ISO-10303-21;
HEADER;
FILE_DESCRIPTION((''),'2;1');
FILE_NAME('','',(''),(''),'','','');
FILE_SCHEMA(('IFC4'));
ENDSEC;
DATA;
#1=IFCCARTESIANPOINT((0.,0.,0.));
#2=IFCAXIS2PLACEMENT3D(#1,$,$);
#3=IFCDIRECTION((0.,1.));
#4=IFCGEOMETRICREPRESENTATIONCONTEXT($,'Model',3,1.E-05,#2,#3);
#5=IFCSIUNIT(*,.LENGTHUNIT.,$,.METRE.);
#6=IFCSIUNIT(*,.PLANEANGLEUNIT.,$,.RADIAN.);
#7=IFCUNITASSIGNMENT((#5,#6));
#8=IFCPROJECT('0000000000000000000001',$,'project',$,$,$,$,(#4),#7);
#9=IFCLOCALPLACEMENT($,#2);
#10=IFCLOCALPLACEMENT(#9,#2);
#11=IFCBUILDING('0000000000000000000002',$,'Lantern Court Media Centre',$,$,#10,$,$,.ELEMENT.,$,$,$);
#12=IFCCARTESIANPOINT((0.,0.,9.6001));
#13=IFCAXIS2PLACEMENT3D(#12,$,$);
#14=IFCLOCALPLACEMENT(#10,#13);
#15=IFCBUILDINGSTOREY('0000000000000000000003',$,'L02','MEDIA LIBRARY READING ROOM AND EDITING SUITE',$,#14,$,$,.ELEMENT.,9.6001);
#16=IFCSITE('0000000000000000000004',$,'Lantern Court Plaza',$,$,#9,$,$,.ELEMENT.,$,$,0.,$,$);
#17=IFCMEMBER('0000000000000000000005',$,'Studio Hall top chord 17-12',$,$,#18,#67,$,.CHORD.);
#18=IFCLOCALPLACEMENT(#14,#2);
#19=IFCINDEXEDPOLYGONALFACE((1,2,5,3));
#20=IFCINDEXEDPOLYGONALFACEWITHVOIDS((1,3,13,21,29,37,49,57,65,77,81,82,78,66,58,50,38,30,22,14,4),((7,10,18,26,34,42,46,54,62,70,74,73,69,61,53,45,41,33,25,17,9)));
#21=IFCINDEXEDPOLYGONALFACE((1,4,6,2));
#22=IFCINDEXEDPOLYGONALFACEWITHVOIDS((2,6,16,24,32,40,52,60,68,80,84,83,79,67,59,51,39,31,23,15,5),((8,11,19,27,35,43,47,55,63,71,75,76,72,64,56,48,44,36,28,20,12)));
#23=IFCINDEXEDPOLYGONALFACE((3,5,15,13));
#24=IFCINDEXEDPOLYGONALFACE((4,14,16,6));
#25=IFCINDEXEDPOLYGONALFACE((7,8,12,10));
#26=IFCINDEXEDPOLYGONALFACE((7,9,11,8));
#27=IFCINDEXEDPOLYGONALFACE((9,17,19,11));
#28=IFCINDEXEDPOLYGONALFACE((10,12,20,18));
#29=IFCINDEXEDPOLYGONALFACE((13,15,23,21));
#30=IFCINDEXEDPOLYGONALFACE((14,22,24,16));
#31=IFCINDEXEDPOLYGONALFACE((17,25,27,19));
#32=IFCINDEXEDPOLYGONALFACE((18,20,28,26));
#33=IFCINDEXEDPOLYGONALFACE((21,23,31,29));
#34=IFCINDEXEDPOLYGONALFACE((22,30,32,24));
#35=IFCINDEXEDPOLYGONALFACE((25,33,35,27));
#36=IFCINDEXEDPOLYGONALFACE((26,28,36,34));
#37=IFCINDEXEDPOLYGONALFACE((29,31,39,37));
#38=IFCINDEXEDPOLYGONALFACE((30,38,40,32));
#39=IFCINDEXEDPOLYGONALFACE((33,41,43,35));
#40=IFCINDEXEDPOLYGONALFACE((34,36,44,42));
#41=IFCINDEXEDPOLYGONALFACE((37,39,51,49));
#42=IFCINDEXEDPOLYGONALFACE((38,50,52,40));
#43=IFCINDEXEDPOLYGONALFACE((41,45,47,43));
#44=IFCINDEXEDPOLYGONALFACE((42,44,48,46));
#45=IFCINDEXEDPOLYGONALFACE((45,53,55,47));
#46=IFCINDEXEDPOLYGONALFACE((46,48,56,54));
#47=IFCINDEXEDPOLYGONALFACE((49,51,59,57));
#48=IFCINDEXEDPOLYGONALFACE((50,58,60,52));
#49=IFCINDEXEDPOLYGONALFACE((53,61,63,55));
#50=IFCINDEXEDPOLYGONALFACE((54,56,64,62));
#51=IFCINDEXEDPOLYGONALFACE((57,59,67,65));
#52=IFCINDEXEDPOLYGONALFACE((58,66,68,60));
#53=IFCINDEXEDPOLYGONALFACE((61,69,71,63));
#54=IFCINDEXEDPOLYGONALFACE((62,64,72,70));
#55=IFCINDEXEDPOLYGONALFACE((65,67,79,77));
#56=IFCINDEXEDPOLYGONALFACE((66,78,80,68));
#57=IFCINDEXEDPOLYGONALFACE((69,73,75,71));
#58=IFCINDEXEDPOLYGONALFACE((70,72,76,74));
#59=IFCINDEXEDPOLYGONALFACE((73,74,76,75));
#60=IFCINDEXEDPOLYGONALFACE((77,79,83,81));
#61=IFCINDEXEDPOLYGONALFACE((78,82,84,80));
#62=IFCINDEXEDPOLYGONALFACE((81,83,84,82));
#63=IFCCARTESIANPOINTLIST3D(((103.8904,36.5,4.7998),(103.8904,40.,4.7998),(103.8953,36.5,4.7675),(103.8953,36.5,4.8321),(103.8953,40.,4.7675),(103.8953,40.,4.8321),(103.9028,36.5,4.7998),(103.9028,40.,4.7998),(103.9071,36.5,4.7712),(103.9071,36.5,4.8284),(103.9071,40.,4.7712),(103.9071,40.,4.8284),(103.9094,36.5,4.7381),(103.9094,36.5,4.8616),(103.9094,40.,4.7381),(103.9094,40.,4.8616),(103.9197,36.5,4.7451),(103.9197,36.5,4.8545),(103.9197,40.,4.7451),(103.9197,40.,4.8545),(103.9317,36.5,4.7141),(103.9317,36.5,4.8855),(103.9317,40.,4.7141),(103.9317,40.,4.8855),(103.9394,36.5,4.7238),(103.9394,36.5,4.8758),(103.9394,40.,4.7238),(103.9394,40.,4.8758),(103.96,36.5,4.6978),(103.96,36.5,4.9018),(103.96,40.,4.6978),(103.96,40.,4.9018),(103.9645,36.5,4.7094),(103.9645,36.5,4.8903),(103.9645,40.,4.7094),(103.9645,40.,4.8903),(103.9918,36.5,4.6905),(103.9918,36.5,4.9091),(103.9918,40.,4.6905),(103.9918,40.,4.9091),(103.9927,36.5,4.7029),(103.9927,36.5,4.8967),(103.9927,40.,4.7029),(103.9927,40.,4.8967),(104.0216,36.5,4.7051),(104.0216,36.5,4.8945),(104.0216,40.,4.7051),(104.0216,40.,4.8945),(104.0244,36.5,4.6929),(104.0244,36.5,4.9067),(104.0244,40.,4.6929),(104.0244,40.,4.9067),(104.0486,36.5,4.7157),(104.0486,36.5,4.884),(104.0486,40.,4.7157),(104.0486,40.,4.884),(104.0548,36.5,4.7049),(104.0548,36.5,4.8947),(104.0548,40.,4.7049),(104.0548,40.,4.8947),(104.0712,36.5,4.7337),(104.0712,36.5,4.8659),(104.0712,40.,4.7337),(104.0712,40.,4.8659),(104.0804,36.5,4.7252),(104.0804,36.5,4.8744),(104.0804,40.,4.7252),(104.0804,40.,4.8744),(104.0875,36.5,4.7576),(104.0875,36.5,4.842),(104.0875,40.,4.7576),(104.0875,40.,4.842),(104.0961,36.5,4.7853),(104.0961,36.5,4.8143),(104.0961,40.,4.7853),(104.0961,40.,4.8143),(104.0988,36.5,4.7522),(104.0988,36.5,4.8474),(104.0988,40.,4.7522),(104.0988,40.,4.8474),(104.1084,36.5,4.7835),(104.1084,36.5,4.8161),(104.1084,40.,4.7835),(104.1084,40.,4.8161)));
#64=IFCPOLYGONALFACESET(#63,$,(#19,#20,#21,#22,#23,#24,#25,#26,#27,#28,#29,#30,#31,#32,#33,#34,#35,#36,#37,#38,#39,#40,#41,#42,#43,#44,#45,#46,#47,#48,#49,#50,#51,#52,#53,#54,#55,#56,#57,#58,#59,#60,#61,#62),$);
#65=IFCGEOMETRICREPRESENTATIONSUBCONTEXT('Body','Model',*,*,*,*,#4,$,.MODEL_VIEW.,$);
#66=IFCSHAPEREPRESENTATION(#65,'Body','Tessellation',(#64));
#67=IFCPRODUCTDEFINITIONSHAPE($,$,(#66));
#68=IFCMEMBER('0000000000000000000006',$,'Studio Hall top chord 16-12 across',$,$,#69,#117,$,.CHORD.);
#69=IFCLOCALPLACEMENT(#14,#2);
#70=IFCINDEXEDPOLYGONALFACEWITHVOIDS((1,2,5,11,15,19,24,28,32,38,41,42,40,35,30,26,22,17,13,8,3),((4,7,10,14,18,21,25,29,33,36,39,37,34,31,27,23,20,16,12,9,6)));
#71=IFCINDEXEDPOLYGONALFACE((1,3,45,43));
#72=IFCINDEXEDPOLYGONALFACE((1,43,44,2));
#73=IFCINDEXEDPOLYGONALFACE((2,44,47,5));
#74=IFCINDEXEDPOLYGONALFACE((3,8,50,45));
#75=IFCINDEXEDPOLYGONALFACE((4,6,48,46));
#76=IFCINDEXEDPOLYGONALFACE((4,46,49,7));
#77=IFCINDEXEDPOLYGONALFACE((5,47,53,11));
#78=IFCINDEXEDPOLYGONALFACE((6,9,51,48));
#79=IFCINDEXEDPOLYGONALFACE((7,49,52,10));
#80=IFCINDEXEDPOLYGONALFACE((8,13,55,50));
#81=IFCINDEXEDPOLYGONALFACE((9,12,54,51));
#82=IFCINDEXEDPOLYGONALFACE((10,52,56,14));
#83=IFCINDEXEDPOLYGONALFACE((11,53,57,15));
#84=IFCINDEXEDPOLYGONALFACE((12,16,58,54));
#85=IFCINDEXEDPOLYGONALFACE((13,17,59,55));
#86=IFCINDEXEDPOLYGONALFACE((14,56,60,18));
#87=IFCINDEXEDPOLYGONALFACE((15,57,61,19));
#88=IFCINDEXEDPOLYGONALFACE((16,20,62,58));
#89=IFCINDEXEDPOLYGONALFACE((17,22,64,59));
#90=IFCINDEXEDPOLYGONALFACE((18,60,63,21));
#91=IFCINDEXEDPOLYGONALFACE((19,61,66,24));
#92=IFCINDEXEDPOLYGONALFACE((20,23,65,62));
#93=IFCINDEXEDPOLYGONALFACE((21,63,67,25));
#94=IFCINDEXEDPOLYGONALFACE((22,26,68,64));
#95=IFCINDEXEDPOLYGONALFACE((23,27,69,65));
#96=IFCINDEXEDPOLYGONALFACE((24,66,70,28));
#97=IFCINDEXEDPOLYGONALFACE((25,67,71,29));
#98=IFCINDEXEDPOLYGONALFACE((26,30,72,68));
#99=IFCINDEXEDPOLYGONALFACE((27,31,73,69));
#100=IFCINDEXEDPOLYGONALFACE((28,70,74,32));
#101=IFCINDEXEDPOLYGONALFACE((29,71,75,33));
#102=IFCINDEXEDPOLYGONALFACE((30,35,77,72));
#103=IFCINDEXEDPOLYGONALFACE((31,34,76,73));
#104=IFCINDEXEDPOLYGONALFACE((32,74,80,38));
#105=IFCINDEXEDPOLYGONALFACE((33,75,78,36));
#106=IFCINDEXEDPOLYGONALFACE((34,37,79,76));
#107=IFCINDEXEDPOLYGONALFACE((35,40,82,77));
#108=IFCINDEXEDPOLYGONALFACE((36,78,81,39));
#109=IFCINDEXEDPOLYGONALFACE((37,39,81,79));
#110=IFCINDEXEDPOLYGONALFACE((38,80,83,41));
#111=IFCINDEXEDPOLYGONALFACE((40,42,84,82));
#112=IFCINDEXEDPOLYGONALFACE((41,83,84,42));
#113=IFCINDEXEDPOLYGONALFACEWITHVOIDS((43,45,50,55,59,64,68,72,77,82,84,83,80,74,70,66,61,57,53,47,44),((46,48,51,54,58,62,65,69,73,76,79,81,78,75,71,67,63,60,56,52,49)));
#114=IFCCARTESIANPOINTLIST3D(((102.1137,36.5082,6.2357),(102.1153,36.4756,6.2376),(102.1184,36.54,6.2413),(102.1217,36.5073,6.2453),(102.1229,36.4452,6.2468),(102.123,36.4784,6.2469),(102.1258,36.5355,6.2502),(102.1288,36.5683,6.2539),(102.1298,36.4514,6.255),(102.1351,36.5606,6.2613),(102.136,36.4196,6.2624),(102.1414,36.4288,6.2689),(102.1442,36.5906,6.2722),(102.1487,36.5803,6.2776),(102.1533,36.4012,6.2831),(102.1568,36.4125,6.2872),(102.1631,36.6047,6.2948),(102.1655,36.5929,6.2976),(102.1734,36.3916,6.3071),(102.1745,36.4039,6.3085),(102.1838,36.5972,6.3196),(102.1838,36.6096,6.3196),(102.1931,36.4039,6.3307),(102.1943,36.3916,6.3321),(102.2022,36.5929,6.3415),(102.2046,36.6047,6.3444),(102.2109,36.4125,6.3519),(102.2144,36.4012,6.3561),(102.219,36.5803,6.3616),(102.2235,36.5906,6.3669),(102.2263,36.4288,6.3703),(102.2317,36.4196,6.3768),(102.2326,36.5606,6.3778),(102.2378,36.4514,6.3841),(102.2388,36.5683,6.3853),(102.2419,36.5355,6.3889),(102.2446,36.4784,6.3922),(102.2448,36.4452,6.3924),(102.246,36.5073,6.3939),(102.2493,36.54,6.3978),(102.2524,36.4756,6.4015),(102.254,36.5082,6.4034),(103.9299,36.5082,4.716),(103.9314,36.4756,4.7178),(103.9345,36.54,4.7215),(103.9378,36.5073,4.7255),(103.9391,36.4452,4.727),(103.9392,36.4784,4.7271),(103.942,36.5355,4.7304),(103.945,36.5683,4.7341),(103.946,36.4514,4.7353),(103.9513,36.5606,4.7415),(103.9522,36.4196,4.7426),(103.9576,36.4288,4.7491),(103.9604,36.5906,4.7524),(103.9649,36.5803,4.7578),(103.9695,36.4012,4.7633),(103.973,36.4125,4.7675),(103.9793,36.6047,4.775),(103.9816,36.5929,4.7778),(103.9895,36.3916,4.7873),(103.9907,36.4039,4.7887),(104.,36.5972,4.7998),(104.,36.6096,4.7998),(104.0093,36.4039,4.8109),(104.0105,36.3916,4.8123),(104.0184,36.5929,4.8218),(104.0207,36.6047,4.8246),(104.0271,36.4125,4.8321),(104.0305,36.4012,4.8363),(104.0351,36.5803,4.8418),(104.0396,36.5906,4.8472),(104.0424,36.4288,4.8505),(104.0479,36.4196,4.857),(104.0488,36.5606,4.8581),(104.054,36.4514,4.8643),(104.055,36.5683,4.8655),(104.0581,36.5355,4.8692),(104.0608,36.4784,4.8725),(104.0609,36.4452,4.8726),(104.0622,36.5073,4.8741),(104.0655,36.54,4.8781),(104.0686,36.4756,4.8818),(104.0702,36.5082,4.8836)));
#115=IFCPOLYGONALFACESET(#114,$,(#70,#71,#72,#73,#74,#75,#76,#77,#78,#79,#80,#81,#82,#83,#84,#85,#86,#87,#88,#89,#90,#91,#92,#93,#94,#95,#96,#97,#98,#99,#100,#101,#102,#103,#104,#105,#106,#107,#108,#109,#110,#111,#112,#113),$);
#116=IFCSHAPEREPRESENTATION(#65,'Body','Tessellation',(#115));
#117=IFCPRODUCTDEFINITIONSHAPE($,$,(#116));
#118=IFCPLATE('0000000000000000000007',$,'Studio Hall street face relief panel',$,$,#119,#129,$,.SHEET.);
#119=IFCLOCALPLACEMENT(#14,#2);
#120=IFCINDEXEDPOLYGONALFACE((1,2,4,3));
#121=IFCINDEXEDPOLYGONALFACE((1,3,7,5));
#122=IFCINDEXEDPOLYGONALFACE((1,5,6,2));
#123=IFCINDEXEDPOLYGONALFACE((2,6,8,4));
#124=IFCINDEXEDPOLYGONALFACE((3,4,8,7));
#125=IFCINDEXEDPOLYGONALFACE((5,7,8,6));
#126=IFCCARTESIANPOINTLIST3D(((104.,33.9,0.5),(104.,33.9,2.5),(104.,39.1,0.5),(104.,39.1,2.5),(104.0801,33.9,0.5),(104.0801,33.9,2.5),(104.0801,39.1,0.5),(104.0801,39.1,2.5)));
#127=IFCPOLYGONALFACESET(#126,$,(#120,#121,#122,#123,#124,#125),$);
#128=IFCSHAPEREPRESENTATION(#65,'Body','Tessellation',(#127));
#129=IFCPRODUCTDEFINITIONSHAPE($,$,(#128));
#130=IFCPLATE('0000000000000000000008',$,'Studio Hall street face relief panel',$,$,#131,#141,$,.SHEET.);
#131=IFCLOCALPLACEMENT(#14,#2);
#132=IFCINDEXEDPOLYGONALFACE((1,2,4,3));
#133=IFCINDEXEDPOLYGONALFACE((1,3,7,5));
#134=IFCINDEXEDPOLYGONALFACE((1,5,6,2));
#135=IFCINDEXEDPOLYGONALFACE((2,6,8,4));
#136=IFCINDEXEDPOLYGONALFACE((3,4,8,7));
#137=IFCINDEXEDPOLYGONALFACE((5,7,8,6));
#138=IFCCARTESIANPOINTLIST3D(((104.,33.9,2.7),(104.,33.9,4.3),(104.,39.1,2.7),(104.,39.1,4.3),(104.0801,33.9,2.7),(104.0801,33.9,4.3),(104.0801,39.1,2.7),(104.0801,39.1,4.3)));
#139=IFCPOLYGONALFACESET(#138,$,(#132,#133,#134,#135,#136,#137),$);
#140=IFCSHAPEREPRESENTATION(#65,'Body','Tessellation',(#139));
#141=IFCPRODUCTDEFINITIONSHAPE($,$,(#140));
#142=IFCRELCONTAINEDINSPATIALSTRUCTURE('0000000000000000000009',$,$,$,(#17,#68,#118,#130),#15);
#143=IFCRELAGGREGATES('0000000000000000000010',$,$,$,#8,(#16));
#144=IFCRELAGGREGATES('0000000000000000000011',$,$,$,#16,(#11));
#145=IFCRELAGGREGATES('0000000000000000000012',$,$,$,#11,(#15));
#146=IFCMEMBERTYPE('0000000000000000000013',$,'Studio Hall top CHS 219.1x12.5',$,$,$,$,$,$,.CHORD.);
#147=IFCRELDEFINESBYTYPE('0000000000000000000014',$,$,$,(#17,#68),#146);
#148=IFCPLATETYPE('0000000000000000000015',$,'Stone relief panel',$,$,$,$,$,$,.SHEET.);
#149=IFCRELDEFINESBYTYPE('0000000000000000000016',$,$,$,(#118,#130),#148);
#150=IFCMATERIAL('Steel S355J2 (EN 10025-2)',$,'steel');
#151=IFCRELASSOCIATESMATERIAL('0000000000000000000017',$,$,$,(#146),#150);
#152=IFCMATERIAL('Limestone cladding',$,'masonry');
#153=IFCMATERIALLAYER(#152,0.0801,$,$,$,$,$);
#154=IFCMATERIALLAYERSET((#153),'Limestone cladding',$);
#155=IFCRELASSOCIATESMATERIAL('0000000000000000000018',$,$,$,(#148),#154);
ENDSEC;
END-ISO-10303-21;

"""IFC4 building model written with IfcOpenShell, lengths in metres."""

from ifc_helpers import new_model, si_unit, direction, frame, origin, origin_2d, place, context, subcontext, project, spatial, rectangle, hollow_circle, extrude, material, layer, layer_set, material_profile, profile_set, type_object, element, save


model = new_model("IFC4")

# Units and contexts
model_context = context("Model", 3, precision=1e-05, world=origin(), true_north=direction((0.0, 1.0)))
body_context = subcontext(model_context, "Body", "Model", "MODEL_VIEW")
ifc_project = project(units=[si_unit("LENGTHUNIT", "METRE"), si_unit("PLANEANGLEUNIT", "RADIAN")], contexts=[model_context])

# Site, building, storey
site_placement = place(None, origin())
site = spatial("IfcSite", under=ifc_project, at=site_placement, Name="Lantern Court Plaza", CompositionType="ELEMENT", RefElevation=0.0)
building_placement = place(site_placement, origin())
building = spatial("IfcBuilding", under=site, at=building_placement, Name="Lantern Court Media Centre", CompositionType="ELEMENT")
storey_placement = place(building_placement, frame((0.0, 0.0, 9.6001)))
storey = spatial("IfcBuildingStorey", under=building, at=storey_placement, Name="L02", Description="MEDIA LIBRARY READING ROOM AND EDITING SUITE", CompositionType="ELEMENT", Elevation=9.6001)

# Members
ifc_material_1 = material(Name="Steel S355J2 (EN 10025-2)", Category="steel")
ifc_material_profile_1 = material_profile(ifc_material_1, hollow_circle(Radius=0.1096, WallThickness=0.0125, at=origin_2d()), Name="Studio Hall top CHS 219.1x12.5")
ifc_profile_set_1 = profile_set([ifc_material_profile_1], Name="Steel S355J2 (EN 10025-2)")
member_type_1 = type_object("IfcMemberType", Name="Studio Hall top CHS 219.1x12.5", PredefinedType="CHORD", material=ifc_profile_set_1)
member_1_placement = place(storey_placement, frame((104.0, 36.5, 4.7998), z_axis=(0.0, 1.0, 0.0), x_axis=(-1.0, 0.0, 0.0)))
element("IfcMember", 1, at=member_1_placement, inside=storey, type_object=member_type_1, Name="Studio Hall top chord 17-12", PredefinedType="CHORD", context=body_context, shape_type="SweptSolid", body=[
    extrude(hollow_circle(Radius=0.1096, WallThickness=0.0125, at=origin_2d()), origin(), (0.0, 0.0, 1.0), 3.5),
])
member_2_placement = place(storey_placement, frame((102.1838, 36.5, 6.3196), z_axis=(0.76691, 0.0, -0.641755), x_axis=(0.0, 1.0, 0.0)))
element("IfcMember", 2, at=member_2_placement, inside=storey, type_object=member_type_1, Name="Studio Hall top chord 16-12 across", PredefinedType="CHORD", context=body_context, shape_type="SweptSolid", body=[
    extrude(hollow_circle(Radius=0.1096, WallThickness=0.0125, at=origin_2d()), origin(), (0.0, 0.0, 1.0), 2.3682),
])

# Plates
ifc_material_2 = material(Name="Limestone cladding", Category="masonry")
ifc_layer = layer(ifc_material_2, 0.0801)
ifc_layer_set = layer_set([ifc_layer], Name="Limestone cladding")
plate_type = type_object("IfcPlateType", Name="Stone relief panel", PredefinedType="SHEET", material=ifc_layer_set)
plate_1_placement = place(storey_placement, frame((104.04, 36.5, 0.5), z_axis=(0.0, 0.0, 1.0), x_axis=(1.0, 0.0, 0.0)))
element("IfcPlate", 3, at=plate_1_placement, inside=storey, type_object=plate_type, Name="Studio Hall street face relief panel", PredefinedType="SHEET", context=body_context, shape_type="SweptSolid", body=[
    extrude(rectangle(XDim=0.0801, YDim=5.2, at=origin_2d()), origin(), (0.0, 0.0, 1.0), 2.0),
])
plate_2_placement = place(storey_placement, frame((104.04, 36.5, 2.7), z_axis=(0.0, 0.0, 1.0), x_axis=(1.0, 0.0, 0.0)))
element("IfcPlate", 4, at=plate_2_placement, inside=storey, type_object=plate_type, Name="Studio Hall street face relief panel", PredefinedType="SHEET", context=body_context, shape_type="SweptSolid", body=[
    extrude(rectangle(XDim=0.0801, YDim=5.2, at=origin_2d()), origin(), (0.0, 0.0, 1.0), 1.6001),
])

save(model, "model.ifc")
